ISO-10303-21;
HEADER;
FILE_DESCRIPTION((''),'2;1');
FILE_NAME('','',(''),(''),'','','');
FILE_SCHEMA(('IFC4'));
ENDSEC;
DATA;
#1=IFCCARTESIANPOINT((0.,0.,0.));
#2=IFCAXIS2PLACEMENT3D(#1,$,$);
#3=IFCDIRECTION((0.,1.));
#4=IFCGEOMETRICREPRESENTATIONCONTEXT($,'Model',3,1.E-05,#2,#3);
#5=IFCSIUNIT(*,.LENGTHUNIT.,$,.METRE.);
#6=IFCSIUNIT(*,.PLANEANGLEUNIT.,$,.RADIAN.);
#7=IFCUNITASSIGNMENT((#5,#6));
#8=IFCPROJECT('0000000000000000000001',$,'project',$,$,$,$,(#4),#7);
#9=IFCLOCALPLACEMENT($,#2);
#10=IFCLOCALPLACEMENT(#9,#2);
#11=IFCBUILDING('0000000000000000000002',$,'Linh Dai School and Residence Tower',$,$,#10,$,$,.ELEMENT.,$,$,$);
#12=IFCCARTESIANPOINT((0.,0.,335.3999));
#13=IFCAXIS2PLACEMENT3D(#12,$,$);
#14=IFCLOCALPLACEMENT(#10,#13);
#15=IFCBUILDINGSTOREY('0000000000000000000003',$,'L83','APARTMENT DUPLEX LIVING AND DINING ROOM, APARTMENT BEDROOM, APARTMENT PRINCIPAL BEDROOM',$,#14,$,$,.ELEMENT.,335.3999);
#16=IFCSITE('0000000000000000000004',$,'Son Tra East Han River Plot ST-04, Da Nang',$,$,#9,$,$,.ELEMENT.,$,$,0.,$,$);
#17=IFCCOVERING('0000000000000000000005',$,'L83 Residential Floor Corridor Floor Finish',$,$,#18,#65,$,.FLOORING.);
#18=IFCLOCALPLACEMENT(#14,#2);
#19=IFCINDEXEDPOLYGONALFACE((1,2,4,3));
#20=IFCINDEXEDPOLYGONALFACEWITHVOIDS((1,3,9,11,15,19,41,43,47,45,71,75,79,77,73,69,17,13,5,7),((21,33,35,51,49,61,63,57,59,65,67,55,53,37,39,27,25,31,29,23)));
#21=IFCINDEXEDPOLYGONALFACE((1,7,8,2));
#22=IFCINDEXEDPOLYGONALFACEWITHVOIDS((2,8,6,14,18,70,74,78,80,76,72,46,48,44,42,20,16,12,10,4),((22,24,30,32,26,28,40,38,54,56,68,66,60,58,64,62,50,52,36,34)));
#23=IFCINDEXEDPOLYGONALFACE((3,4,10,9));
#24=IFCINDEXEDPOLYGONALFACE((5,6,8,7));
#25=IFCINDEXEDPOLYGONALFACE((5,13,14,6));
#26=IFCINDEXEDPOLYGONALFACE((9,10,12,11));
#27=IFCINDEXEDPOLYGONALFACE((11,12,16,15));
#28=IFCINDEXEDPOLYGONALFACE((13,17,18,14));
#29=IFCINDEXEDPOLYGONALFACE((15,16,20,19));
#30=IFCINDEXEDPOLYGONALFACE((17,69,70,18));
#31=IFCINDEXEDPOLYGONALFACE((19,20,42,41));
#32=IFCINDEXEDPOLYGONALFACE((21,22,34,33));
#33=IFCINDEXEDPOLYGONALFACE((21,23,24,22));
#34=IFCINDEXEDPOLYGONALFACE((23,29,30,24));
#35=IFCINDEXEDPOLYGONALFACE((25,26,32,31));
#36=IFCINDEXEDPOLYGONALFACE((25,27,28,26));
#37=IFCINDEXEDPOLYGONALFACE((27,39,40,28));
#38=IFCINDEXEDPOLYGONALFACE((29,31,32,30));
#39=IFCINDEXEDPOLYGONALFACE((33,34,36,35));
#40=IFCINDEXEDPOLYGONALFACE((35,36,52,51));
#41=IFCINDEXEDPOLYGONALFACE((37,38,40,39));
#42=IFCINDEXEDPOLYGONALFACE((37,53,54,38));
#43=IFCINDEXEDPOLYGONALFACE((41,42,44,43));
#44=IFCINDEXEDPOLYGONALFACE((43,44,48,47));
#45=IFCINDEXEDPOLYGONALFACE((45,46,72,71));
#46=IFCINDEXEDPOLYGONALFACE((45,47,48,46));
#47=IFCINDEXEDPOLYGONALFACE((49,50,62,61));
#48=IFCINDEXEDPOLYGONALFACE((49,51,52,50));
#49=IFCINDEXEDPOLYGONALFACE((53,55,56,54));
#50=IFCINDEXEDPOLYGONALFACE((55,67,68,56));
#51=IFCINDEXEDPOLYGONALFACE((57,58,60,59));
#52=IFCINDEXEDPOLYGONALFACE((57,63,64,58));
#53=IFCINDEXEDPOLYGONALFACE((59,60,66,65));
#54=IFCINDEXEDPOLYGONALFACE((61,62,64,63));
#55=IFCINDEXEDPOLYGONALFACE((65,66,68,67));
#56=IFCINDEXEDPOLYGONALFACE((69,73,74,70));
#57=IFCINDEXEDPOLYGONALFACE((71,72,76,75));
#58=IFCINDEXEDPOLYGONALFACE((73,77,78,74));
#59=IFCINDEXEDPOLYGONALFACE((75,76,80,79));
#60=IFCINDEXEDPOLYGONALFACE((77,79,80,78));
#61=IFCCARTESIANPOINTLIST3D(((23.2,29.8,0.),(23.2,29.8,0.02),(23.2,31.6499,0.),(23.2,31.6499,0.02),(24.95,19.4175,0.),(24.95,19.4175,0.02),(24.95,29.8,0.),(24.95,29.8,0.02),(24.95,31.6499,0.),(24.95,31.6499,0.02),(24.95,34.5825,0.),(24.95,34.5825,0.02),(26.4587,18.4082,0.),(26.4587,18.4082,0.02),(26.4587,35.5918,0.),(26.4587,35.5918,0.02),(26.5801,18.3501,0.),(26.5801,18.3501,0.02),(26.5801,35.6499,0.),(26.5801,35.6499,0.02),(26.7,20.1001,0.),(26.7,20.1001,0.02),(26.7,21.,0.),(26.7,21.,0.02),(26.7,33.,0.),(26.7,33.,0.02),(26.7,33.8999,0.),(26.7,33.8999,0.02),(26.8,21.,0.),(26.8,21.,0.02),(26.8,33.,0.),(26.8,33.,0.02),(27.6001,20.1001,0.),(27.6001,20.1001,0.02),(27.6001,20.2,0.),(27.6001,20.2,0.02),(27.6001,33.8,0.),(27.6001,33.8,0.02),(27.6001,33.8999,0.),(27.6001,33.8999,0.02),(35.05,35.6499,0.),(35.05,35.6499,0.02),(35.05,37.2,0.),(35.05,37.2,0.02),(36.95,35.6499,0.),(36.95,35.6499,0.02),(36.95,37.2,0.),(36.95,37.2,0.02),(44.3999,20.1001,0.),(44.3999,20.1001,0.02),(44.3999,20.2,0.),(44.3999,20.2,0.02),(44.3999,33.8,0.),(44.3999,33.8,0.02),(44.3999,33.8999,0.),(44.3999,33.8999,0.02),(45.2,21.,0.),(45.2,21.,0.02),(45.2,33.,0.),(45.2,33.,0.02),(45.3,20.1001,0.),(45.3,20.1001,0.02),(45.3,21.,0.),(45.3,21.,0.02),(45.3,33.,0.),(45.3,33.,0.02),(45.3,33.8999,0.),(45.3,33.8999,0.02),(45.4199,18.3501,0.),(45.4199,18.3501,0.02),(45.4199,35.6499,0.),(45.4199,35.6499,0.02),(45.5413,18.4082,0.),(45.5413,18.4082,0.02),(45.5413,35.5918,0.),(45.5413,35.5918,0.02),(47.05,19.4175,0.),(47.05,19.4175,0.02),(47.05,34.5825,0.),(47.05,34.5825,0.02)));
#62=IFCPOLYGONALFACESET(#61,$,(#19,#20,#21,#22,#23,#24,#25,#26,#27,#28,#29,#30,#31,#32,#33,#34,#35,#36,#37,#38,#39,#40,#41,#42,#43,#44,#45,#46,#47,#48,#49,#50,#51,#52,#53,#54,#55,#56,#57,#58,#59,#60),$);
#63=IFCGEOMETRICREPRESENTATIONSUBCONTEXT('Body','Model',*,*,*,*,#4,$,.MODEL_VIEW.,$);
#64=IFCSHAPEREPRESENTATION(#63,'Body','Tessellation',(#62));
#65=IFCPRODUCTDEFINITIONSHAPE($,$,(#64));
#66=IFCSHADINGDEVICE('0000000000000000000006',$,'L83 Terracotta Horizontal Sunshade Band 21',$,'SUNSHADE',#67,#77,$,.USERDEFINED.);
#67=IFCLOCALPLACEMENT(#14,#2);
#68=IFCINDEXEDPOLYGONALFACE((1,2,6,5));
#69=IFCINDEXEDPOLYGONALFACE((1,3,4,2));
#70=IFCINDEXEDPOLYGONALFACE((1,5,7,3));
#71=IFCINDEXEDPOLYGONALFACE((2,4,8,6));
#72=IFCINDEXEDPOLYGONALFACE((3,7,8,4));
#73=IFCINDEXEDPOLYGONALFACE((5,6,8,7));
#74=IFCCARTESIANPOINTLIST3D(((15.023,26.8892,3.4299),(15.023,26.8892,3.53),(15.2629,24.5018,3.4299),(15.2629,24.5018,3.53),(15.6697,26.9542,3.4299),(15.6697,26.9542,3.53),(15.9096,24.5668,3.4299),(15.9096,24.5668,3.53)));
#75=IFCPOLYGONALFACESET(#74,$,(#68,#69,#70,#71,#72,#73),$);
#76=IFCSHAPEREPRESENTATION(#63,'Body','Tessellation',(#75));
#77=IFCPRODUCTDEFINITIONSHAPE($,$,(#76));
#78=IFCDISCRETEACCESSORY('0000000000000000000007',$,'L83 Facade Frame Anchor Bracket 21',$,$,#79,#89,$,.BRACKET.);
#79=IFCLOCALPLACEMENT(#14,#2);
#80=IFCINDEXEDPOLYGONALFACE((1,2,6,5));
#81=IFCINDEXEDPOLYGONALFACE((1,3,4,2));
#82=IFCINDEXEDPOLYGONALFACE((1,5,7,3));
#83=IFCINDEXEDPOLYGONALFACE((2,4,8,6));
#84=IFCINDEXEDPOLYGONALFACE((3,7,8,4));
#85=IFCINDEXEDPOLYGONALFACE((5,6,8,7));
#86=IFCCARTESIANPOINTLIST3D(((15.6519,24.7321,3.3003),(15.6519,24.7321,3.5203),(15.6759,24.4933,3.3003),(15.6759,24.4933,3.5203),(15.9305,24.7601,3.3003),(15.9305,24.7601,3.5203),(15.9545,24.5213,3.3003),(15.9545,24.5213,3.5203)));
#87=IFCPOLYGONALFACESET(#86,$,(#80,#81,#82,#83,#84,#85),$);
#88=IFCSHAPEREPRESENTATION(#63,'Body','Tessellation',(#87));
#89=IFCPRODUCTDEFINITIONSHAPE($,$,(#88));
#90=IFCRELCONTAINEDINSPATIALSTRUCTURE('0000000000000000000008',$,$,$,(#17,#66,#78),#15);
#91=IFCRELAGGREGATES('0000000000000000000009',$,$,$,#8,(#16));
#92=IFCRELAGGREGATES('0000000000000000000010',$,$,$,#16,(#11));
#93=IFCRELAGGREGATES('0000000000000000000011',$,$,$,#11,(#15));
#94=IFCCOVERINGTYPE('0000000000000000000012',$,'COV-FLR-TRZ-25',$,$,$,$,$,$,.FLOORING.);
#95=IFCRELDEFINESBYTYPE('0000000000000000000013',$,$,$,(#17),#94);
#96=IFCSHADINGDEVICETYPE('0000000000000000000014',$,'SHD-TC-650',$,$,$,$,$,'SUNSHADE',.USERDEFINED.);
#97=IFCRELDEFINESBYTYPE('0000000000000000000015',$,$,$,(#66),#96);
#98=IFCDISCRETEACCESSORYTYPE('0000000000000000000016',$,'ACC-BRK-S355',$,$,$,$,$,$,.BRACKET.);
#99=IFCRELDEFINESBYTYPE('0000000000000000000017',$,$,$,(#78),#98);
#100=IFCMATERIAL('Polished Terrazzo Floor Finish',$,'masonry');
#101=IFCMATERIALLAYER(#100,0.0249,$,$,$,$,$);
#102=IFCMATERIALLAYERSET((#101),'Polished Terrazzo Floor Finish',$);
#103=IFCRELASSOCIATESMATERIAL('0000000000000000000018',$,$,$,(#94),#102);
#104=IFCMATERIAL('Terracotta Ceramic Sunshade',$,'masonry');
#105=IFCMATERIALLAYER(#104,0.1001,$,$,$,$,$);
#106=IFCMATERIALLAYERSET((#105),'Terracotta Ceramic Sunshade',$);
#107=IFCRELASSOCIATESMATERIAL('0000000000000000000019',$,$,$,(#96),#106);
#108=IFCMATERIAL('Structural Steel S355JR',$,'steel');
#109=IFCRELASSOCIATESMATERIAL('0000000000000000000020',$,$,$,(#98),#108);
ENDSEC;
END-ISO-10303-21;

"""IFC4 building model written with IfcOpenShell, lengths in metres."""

from ifc_helpers import new_model, si_unit, direction, frame, origin, origin_2d, place, context, subcontext, project, spatial, polyline, rectangle, outline, extrude, source, transform, mapped, material, layer, layer_set, type_object, element, save


model = new_model("IFC4")

# Units and contexts
model_context = context("Model", 3, precision=1e-05, world=origin(), true_north=direction((0.0, 1.0)))
body_context = subcontext(model_context, "Body", "Model", "MODEL_VIEW")
ifc_project = project(units=[si_unit("LENGTHUNIT", "METRE"), si_unit("PLANEANGLEUNIT", "RADIAN")], contexts=[model_context])

# Site, building, storey
site_placement = place(None, origin())
site = spatial("IfcSite", under=ifc_project, at=site_placement, Name="Son Tra East Han River Plot ST-04, Da Nang", CompositionType="ELEMENT", RefElevation=0.0)
building_placement = place(site_placement, origin())
building = spatial("IfcBuilding", under=site, at=building_placement, Name="Linh Dai School and Residence Tower", CompositionType="ELEMENT")
storey_placement = place(building_placement, frame((0.0, 0.0, 335.3999)))
storey = spatial("IfcBuildingStorey", under=building, at=storey_placement, Name="L83", Description="APARTMENT DUPLEX LIVING AND DINING ROOM, APARTMENT BEDROOM, APARTMENT PRINCIPAL BEDROOM", CompositionType="ELEMENT", Elevation=335.3999)

# Shared definitions
ifc_material_1 = material(Name="Structural Steel S355JR", Category="steel")

# Covering
ifc_material_2 = material(Name="Polished Terrazzo Floor Finish", Category="masonry")
ifc_layer_1 = layer(ifc_material_2, 0.0249)
ifc_layer_set_1 = layer_set([ifc_layer_1], Name="Polished Terrazzo Floor Finish")
covering_type_1 = type_object("IfcCoveringType", Name="COV-FLR-TRZ-25", PredefinedType="FLOORING", material=ifc_layer_set_1)
covering_1_placement = place(storey_placement, origin())
element("IfcCovering", 1, at=covering_1_placement, inside=storey, type_object=covering_type_1, Name="L83 Residential Floor Corridor Floor Finish", PredefinedType="FLOORING", context=body_context, shape_type="SweptSolid", body=[
    extrude(outline(polyline([(23.2, 31.6499), (24.95, 31.6499), (24.95, 34.5825), (26.4587, 35.5918), (26.5801, 35.6499), (35.05, 35.6499), (35.05, 37.2), (36.95, 37.2), (36.95, 35.6499), (45.4199, 35.6499), (45.5413, 35.5918), (47.05, 34.5825), (47.05, 19.4175), (45.5413, 18.4082), (45.4199, 18.3501), (26.5801, 18.3501), (26.4587, 18.4082), (24.95, 19.4175), (24.95, 29.8), (23.2, 29.8), (23.2, 31.6499)]), holes=[polyline([(27.6001, 33.8), (27.6001, 33.8999), (26.7, 33.8999), (26.7, 33.0), (26.8, 33.0), (26.8, 21.0), (26.7, 21.0), (26.7, 20.1001), (27.6001, 20.1001), (27.6001, 20.2), (44.3999, 20.2), (44.3999, 20.1001), (45.3, 20.1001), (45.3, 21.0), (45.2, 21.0), (45.2, 33.0), (45.3, 33.0), (45.3, 33.8999), (44.3999, 33.8999), (44.3999, 33.8), (27.6001, 33.8)])]), origin(), (0.0, 0.0, 1.0), 0.02),
])

# Shading device
ifc_material_3 = material(Name="Terracotta Ceramic Sunshade", Category="masonry")
ifc_layer_2 = layer(ifc_material_3, 0.1001)
ifc_layer_set_2 = layer_set([ifc_layer_2], Name="Terracotta Ceramic Sunshade")
shading_device_type = type_object("IfcShadingDeviceType", Name="SHD-TC-650", ElementType="SUNSHADE", PredefinedType="USERDEFINED", material=ifc_layer_set_2)
shared_shape_1 = source(origin(), body_context, "Body", "SweptSolid", [
    extrude(rectangle(XDim=2.3994, YDim=0.6499, at=origin_2d()), origin(), (0.0, 0.0, 1.0), 0.1001),
])
shading_device_placement = place(storey_placement, frame((15.4663, 25.728, 3.4299), z_axis=(0.0, 0.0, 1.0), x_axis=(-0.099992, 0.994988, 0.0)))
element("IfcShadingDevice", 2, at=shading_device_placement, inside=storey, type_object=shading_device_type, Name="L83 Terracotta Horizontal Sunshade Band 21", ObjectType="SUNSHADE", PredefinedType="USERDEFINED", context=body_context, shape_type="MappedRepresentation", body=[
    mapped(shared_shape_1, transform((0.0, 0.0, 0.0), x_axis=(1.0, 0.0, 0.0), y_axis=(0.0, 1.0, 0.0), z_axis=(0.0, 0.0, 1.0), scale=1.0)),
])

# Discrete accessory
discrete_accessory_type = type_object("IfcDiscreteAccessoryType", Name="ACC-BRK-S355", PredefinedType="BRACKET", material=ifc_material_1)
shared_shape_2 = source(origin(), body_context, "Body", "SweptSolid", [
    extrude(rectangle(XDim=0.28, YDim=0.24, at=origin_2d()), origin(), (0.0, 0.0, 1.0), 0.22),
])
discrete_accessory_placement = place(storey_placement, frame((15.8032, 24.6267, 3.3003), z_axis=(0.0, 0.0, 1.0), x_axis=(-0.994988, -0.099992, 0.0)))
element("IfcDiscreteAccessory", 3, at=discrete_accessory_placement, inside=storey, type_object=discrete_accessory_type, Name="L83 Facade Frame Anchor Bracket 21", PredefinedType="BRACKET", context=body_context, shape_type="MappedRepresentation", body=[
    mapped(shared_shape_2, transform((0.0, 0.0, 0.0), x_axis=(1.0, 0.0, 0.0), y_axis=(0.0, 1.0, 0.0), z_axis=(0.0, 0.0, 1.0), scale=1.0)),
])

save(model, "model.ifc")
